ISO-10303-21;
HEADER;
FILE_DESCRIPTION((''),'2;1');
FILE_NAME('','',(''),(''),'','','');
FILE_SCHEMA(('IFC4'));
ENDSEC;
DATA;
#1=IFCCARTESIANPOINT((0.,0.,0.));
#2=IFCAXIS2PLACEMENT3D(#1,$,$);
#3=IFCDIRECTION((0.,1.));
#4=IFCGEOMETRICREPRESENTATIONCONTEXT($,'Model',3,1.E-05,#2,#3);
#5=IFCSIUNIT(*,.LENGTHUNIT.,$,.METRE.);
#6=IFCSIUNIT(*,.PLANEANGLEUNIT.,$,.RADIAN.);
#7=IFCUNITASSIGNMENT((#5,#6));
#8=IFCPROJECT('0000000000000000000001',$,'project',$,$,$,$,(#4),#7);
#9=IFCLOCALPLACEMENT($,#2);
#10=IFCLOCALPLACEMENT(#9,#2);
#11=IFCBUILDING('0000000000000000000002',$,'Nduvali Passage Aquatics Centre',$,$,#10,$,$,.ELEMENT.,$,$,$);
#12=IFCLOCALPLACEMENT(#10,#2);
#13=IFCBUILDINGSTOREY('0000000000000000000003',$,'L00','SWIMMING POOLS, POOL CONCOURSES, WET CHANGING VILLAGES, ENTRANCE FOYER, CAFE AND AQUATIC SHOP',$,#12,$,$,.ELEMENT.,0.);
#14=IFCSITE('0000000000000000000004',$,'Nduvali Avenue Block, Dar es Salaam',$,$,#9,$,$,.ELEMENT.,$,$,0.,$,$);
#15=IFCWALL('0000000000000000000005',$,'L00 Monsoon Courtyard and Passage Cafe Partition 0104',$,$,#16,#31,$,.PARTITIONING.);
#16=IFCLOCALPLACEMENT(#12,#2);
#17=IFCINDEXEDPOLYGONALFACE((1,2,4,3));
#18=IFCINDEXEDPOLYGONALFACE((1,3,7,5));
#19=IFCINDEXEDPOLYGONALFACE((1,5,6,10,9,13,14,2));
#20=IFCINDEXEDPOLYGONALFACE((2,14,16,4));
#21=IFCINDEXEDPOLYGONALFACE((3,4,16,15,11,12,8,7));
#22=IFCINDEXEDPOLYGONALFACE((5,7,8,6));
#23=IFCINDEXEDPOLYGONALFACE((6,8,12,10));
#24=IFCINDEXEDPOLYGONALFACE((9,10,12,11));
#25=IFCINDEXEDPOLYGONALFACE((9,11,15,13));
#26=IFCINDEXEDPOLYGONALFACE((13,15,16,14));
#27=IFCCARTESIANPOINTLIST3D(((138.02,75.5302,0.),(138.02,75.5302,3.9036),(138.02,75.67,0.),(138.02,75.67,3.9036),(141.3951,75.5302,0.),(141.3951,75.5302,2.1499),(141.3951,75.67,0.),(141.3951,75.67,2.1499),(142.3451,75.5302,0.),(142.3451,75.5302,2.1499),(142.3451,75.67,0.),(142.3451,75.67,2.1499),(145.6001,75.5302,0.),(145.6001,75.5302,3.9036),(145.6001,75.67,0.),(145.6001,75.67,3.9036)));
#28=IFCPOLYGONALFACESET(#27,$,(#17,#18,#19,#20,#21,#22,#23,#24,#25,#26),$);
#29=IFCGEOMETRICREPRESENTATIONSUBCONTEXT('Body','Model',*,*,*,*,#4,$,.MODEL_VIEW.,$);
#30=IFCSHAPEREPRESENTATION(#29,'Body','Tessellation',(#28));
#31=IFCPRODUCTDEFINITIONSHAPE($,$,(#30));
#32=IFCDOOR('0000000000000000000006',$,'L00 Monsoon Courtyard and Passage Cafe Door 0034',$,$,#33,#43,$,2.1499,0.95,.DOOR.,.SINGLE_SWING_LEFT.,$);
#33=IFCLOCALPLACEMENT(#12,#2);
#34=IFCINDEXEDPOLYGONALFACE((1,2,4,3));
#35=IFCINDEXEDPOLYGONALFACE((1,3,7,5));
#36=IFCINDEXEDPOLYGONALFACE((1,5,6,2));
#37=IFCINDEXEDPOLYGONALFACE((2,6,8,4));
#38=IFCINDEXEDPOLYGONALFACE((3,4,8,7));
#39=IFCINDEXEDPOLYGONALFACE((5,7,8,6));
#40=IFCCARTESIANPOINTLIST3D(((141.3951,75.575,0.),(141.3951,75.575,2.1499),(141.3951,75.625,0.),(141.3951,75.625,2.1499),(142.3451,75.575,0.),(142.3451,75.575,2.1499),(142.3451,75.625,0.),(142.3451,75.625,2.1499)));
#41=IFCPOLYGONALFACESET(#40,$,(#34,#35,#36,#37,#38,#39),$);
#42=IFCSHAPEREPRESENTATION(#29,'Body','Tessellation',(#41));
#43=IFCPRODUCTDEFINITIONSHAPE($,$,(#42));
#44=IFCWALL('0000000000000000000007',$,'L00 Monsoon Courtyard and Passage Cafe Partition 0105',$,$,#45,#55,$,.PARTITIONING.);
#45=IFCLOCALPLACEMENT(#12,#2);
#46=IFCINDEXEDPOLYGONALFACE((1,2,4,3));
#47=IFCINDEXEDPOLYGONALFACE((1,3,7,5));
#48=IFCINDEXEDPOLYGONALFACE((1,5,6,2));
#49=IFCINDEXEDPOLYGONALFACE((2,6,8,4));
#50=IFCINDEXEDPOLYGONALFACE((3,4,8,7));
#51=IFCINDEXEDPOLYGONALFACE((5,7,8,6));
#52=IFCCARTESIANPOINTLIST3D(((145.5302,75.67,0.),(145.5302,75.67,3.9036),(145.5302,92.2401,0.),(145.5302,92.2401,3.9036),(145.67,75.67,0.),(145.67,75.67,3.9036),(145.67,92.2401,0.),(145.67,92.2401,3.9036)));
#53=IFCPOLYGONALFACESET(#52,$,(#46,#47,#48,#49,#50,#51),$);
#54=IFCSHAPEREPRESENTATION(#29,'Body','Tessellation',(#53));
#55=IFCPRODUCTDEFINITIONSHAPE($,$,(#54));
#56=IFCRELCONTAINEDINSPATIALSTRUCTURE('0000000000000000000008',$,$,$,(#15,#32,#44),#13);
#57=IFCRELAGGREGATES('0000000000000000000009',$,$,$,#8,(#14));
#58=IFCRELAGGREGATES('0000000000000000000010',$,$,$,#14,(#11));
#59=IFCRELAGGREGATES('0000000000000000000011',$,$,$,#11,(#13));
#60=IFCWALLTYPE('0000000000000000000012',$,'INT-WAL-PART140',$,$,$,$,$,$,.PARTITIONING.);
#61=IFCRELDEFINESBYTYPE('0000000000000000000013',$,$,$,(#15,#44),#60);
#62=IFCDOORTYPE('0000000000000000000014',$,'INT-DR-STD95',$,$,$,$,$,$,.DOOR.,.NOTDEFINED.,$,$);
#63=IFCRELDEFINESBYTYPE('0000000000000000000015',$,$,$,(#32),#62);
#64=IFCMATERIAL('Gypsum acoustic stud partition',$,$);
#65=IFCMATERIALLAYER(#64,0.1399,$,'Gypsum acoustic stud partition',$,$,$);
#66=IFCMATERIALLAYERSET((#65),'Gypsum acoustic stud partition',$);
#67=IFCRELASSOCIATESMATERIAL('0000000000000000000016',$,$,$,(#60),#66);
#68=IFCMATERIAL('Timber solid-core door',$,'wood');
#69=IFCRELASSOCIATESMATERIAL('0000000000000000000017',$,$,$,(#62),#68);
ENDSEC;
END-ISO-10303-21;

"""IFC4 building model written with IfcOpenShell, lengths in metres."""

from ifc_helpers import new_model, si_unit, direction, frame, frame_2d, origin, place, context, subcontext, project, spatial, rectangle, extrude, material, layer, layer_set, type_object, element, fill, save


model = new_model("IFC4")

# Units and contexts
model_context = context("Model", 3, precision=1e-05, world=origin(), true_north=direction((0.0, 1.0)))
body_context = subcontext(model_context, "Body", "Model", "MODEL_VIEW")
ifc_project = project(units=[si_unit("LENGTHUNIT", "METRE"), si_unit("PLANEANGLEUNIT", "RADIAN")], contexts=[model_context])

# Site, building, storey
site_placement = place(None, origin())
site = spatial("IfcSite", under=ifc_project, at=site_placement, Name="Nduvali Avenue Block, Dar es Salaam", CompositionType="ELEMENT", RefElevation=0.0)
building_placement = place(site_placement, origin())
building = spatial("IfcBuilding", under=site, at=building_placement, Name="Nduvali Passage Aquatics Centre", CompositionType="ELEMENT")
storey_placement = place(building_placement, origin())
storey = spatial("IfcBuildingStorey", under=building, at=storey_placement, Name="L00", Description="SWIMMING POOLS, POOL CONCOURSES, WET CHANGING VILLAGES, ENTRANCE FOYER, CAFE AND AQUATIC SHOP", CompositionType="ELEMENT", Elevation=0.0)

# Wall, opening, door
ifc_material_1 = material(Name="Gypsum acoustic stud partition")
ifc_layer_1 = layer(ifc_material_1, 0.1399, Name="Gypsum acoustic stud partition")
ifc_layer_set_1 = layer_set([ifc_layer_1], Name="Gypsum acoustic stud partition")
wall_type = type_object("IfcWallType", Name="INT-WAL-PART140", PredefinedType="PARTITIONING", material=ifc_layer_set_1)
wall_1_placement = place(storey_placement, frame((138.02, 75.6001, 0.0), z_axis=(0.0, 0.0, 1.0), x_axis=(1.0, 0.0, 0.0)))
wall_1 = element("IfcWall", 1, at=wall_1_placement, inside=storey, type_object=wall_type, Name="L00 Monsoon Courtyard and Passage Cafe Partition 0104", PredefinedType="PARTITIONING", context=body_context, shape_type="SweptSolid", body=[
    extrude(rectangle(XDim=7.5801, YDim=0.1399, at=frame_2d((3.79, 0.0))), origin(), (0.0, 0.0, 1.0), 3.9036),
])
opening_placement = place(wall_1_placement, frame((3.375, 0.0, 0.0)))
opening = element("IfcOpeningElement", 2, at=opening_placement, cuts=wall_1, PredefinedType="OPENING", context=body_context, shape_type="SweptSolid", body=[
    extrude(rectangle(XDim=0.95, YDim=2.1499, at=frame_2d((0.4751, 1.075))), frame((0.0, 0.085, 0.0), z_axis=(0.0, -1.0, 0.0), x_axis=(1.0, 0.0, 0.0)), (0.0, 0.0, 1.0), 0.1697),
])
ifc_material_2 = material(Name="Timber solid-core door", Category="wood")
door_type = type_object("IfcDoorType", Name="INT-DR-STD95", OperationType="NOTDEFINED", PredefinedType="DOOR", material=ifc_material_2)
door_placement = place(opening_placement, origin())
door = element("IfcDoor", 3, at=door_placement, inside=storey, type_object=door_type, Name="L00 Monsoon Courtyard and Passage Cafe Door 0034", OperationType="SINGLE_SWING_LEFT", OverallHeight=2.1499, OverallWidth=0.95, PredefinedType="DOOR", context=body_context, shape_type="SweptSolid", body=[
    extrude(rectangle(XDim=0.95, YDim=2.1499, at=frame_2d((0.4751, 1.075))), frame((0.0, 0.0249, 0.0), z_axis=(0.0, -1.0, 0.0), x_axis=(1.0, 0.0, 0.0)), (0.0, 0.0, 1.0), 0.05),
])
fill(opening, door)

# Wall
wall_2_placement = place(storey_placement, frame((145.6001, 75.6699, 0.0), z_axis=(0.0, 0.0, 1.0), x_axis=(0.0, 1.0, 0.0)))
element("IfcWall", 4, at=wall_2_placement, inside=storey, type_object=wall_type, Name="L00 Monsoon Courtyard and Passage Cafe Partition 0105", PredefinedType="PARTITIONING", context=body_context, shape_type="SweptSolid", body=[
    extrude(rectangle(XDim=16.5701, YDim=0.1399, at=frame_2d((8.2852, 0.0))), origin(), (0.0, 0.0, 1.0), 3.9036),
])

save(model, "model.ifc")
